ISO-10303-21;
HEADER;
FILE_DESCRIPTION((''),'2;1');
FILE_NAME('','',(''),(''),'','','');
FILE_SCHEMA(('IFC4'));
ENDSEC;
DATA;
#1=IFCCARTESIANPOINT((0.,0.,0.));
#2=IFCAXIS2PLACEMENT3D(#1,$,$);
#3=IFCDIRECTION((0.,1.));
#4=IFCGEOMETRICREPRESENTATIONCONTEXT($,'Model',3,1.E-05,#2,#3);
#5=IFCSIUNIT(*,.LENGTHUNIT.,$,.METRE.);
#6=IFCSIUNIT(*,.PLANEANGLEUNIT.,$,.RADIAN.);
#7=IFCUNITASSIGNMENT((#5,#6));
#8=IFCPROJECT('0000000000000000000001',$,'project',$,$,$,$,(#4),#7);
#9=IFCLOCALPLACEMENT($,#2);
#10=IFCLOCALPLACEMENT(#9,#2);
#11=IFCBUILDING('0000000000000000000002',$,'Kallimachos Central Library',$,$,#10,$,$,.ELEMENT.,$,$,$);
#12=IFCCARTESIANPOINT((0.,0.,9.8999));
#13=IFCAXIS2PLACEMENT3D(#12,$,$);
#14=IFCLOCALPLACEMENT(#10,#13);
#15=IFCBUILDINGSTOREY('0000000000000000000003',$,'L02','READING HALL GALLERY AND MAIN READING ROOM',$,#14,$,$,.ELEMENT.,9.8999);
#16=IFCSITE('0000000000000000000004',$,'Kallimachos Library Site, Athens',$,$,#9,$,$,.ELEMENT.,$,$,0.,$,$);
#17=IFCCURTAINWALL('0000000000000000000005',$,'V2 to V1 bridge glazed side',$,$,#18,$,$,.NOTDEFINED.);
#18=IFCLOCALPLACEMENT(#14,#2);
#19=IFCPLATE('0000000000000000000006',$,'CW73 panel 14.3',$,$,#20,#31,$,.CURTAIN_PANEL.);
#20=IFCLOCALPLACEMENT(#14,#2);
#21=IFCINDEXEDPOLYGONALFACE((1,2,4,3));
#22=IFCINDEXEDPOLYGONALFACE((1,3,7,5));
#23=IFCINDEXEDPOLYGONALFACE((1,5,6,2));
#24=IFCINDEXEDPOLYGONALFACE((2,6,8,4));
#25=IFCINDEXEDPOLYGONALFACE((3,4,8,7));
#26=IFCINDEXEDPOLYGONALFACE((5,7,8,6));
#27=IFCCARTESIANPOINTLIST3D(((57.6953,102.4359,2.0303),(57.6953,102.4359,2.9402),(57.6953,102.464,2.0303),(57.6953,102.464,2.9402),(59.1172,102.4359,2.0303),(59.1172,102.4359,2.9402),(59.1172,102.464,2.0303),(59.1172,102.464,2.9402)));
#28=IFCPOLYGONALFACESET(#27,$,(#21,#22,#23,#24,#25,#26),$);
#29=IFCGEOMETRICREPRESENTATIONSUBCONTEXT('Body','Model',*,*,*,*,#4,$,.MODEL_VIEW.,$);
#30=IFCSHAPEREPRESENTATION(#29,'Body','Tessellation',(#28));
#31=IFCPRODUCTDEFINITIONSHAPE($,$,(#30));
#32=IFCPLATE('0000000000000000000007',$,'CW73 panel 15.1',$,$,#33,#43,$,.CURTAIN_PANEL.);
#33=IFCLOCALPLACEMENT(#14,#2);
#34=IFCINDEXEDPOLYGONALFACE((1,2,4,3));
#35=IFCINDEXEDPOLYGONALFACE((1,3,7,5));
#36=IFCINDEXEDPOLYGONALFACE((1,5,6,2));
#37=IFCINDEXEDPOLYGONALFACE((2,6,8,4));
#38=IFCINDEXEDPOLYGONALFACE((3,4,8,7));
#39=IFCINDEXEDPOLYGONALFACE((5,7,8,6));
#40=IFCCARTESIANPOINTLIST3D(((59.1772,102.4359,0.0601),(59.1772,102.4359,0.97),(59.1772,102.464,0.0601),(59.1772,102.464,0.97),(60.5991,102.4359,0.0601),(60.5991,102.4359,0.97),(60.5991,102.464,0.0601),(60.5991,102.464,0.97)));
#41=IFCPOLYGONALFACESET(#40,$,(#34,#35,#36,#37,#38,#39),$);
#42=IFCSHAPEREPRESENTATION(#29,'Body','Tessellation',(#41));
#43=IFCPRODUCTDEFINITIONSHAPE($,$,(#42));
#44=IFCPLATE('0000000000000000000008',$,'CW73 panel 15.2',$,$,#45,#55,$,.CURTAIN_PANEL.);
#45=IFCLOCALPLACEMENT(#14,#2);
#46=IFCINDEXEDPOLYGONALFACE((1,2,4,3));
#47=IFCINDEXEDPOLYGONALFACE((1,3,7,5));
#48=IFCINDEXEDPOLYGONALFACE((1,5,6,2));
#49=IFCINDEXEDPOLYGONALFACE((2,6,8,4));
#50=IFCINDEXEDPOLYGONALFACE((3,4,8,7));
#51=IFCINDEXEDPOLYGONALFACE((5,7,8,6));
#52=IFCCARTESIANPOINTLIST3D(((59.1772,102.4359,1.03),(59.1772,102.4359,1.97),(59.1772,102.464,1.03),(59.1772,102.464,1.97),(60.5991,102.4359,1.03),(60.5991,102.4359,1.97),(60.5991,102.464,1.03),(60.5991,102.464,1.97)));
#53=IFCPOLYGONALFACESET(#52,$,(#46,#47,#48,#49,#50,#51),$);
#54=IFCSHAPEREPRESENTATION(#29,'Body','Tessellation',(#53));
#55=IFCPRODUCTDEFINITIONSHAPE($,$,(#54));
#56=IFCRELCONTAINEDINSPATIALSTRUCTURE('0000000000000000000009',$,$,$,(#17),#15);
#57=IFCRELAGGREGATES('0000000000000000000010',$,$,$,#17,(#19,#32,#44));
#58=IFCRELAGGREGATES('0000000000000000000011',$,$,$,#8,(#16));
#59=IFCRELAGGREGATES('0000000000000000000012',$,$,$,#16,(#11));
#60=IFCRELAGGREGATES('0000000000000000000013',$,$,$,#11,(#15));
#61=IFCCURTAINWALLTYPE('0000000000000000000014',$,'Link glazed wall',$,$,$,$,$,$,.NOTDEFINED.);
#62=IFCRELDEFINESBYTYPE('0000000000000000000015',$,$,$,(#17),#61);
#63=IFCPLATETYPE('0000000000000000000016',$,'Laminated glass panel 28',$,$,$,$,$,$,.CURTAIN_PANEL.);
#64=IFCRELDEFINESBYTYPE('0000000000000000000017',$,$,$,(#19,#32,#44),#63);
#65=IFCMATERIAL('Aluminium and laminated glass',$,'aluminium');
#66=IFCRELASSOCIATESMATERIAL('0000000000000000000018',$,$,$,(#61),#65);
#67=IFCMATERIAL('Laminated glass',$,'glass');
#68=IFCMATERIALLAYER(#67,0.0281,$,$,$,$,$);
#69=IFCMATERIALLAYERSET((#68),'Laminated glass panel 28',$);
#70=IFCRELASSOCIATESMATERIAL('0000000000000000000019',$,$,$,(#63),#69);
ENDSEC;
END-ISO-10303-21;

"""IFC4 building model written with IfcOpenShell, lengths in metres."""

from ifc_helpers import new_model, si_unit, direction, frame, origin, origin_2d, place, context, subcontext, project, spatial, rectangle, extrude, material, layer, layer_set, type_object, element, aggregate, save


model = new_model("IFC4")

# Units and contexts
model_context = context("Model", 3, precision=1e-05, world=origin(), true_north=direction((0.0, 1.0)))
body_context = subcontext(model_context, "Body", "Model", "MODEL_VIEW")
ifc_project = project(units=[si_unit("LENGTHUNIT", "METRE"), si_unit("PLANEANGLEUNIT", "RADIAN")], contexts=[model_context])

# Site, building, storey
site_placement = place(None, origin())
site = spatial("IfcSite", under=ifc_project, at=site_placement, Name="Kallimachos Library Site, Athens", CompositionType="ELEMENT", RefElevation=0.0)
building_placement = place(site_placement, origin())
building = spatial("IfcBuilding", under=site, at=building_placement, Name="Kallimachos Central Library", CompositionType="ELEMENT")
storey_placement = place(building_placement, frame((0.0, 0.0, 9.8999)))
storey = spatial("IfcBuildingStorey", under=building, at=storey_placement, Name="L02", Description="READING HALL GALLERY AND MAIN READING ROOM", CompositionType="ELEMENT", Elevation=9.8999)

# Curtain wall
ifc_material_1 = material(Name="Aluminium and laminated glass", Category="aluminium")
curtain_wall_type = type_object("IfcCurtainWallType", Name="Link glazed wall", PredefinedType="NOTDEFINED", material=ifc_material_1)
curtain_wall_1_placement = place(storey_placement, origin())
curtain_wall_1 = element("IfcCurtainWall", 1, at=curtain_wall_1_placement, inside=storey, type_object=curtain_wall_type, Name="V2 to V1 bridge glazed side", PredefinedType="NOTDEFINED")

# Plates
ifc_material_2 = material(Name="Laminated glass", Category="glass")
ifc_layer = layer(ifc_material_2, 0.0281)
ifc_layer_set = layer_set([ifc_layer], Name="Laminated glass panel 28")
plate_type = type_object("IfcPlateType", Name="Laminated glass panel 28", PredefinedType="CURTAIN_PANEL", material=ifc_layer_set)
plate_1_placement = place(storey_placement, frame((58.4062, 102.45, 2.0303), z_axis=(0.0, 0.0, 1.0), x_axis=(1.0, 0.0, 0.0)))
plate_1 = element("IfcPlate", 2, at=plate_1_placement, type_object=plate_type, Name="CW73 panel 14.3", PredefinedType="CURTAIN_PANEL", context=body_context, shape_type="SweptSolid", body=[
    extrude(rectangle(XDim=1.4219, YDim=0.0281, at=origin_2d()), origin(), (0.0, 0.0, 1.0), 0.9099),
])
plate_2_placement = place(storey_placement, frame((59.8882, 102.45, 0.0601), z_axis=(0.0, 0.0, 1.0), x_axis=(1.0, 0.0, 0.0)))
plate_2 = element("IfcPlate", 3, at=plate_2_placement, type_object=plate_type, Name="CW73 panel 15.1", PredefinedType="CURTAIN_PANEL", context=body_context, shape_type="SweptSolid", body=[
    extrude(rectangle(XDim=1.4219, YDim=0.0281, at=origin_2d()), origin(), (0.0, 0.0, 1.0), 0.9099),
])
plate_3_placement = place(storey_placement, frame((59.8882, 102.45, 1.03), z_axis=(0.0, 0.0, 1.0), x_axis=(1.0, 0.0, 0.0)))
plate_3 = element("IfcPlate", 4, at=plate_3_placement, type_object=plate_type, Name="CW73 panel 15.2", PredefinedType="CURTAIN_PANEL", context=body_context, shape_type="SweptSolid", body=[
    extrude(rectangle(XDim=1.4219, YDim=0.0281, at=origin_2d()), origin(), (0.0, 0.0, 1.0), 0.9399),
])
aggregate(curtain_wall_1, [plate_1, plate_2, plate_3])

save(model, "model.ifc")
